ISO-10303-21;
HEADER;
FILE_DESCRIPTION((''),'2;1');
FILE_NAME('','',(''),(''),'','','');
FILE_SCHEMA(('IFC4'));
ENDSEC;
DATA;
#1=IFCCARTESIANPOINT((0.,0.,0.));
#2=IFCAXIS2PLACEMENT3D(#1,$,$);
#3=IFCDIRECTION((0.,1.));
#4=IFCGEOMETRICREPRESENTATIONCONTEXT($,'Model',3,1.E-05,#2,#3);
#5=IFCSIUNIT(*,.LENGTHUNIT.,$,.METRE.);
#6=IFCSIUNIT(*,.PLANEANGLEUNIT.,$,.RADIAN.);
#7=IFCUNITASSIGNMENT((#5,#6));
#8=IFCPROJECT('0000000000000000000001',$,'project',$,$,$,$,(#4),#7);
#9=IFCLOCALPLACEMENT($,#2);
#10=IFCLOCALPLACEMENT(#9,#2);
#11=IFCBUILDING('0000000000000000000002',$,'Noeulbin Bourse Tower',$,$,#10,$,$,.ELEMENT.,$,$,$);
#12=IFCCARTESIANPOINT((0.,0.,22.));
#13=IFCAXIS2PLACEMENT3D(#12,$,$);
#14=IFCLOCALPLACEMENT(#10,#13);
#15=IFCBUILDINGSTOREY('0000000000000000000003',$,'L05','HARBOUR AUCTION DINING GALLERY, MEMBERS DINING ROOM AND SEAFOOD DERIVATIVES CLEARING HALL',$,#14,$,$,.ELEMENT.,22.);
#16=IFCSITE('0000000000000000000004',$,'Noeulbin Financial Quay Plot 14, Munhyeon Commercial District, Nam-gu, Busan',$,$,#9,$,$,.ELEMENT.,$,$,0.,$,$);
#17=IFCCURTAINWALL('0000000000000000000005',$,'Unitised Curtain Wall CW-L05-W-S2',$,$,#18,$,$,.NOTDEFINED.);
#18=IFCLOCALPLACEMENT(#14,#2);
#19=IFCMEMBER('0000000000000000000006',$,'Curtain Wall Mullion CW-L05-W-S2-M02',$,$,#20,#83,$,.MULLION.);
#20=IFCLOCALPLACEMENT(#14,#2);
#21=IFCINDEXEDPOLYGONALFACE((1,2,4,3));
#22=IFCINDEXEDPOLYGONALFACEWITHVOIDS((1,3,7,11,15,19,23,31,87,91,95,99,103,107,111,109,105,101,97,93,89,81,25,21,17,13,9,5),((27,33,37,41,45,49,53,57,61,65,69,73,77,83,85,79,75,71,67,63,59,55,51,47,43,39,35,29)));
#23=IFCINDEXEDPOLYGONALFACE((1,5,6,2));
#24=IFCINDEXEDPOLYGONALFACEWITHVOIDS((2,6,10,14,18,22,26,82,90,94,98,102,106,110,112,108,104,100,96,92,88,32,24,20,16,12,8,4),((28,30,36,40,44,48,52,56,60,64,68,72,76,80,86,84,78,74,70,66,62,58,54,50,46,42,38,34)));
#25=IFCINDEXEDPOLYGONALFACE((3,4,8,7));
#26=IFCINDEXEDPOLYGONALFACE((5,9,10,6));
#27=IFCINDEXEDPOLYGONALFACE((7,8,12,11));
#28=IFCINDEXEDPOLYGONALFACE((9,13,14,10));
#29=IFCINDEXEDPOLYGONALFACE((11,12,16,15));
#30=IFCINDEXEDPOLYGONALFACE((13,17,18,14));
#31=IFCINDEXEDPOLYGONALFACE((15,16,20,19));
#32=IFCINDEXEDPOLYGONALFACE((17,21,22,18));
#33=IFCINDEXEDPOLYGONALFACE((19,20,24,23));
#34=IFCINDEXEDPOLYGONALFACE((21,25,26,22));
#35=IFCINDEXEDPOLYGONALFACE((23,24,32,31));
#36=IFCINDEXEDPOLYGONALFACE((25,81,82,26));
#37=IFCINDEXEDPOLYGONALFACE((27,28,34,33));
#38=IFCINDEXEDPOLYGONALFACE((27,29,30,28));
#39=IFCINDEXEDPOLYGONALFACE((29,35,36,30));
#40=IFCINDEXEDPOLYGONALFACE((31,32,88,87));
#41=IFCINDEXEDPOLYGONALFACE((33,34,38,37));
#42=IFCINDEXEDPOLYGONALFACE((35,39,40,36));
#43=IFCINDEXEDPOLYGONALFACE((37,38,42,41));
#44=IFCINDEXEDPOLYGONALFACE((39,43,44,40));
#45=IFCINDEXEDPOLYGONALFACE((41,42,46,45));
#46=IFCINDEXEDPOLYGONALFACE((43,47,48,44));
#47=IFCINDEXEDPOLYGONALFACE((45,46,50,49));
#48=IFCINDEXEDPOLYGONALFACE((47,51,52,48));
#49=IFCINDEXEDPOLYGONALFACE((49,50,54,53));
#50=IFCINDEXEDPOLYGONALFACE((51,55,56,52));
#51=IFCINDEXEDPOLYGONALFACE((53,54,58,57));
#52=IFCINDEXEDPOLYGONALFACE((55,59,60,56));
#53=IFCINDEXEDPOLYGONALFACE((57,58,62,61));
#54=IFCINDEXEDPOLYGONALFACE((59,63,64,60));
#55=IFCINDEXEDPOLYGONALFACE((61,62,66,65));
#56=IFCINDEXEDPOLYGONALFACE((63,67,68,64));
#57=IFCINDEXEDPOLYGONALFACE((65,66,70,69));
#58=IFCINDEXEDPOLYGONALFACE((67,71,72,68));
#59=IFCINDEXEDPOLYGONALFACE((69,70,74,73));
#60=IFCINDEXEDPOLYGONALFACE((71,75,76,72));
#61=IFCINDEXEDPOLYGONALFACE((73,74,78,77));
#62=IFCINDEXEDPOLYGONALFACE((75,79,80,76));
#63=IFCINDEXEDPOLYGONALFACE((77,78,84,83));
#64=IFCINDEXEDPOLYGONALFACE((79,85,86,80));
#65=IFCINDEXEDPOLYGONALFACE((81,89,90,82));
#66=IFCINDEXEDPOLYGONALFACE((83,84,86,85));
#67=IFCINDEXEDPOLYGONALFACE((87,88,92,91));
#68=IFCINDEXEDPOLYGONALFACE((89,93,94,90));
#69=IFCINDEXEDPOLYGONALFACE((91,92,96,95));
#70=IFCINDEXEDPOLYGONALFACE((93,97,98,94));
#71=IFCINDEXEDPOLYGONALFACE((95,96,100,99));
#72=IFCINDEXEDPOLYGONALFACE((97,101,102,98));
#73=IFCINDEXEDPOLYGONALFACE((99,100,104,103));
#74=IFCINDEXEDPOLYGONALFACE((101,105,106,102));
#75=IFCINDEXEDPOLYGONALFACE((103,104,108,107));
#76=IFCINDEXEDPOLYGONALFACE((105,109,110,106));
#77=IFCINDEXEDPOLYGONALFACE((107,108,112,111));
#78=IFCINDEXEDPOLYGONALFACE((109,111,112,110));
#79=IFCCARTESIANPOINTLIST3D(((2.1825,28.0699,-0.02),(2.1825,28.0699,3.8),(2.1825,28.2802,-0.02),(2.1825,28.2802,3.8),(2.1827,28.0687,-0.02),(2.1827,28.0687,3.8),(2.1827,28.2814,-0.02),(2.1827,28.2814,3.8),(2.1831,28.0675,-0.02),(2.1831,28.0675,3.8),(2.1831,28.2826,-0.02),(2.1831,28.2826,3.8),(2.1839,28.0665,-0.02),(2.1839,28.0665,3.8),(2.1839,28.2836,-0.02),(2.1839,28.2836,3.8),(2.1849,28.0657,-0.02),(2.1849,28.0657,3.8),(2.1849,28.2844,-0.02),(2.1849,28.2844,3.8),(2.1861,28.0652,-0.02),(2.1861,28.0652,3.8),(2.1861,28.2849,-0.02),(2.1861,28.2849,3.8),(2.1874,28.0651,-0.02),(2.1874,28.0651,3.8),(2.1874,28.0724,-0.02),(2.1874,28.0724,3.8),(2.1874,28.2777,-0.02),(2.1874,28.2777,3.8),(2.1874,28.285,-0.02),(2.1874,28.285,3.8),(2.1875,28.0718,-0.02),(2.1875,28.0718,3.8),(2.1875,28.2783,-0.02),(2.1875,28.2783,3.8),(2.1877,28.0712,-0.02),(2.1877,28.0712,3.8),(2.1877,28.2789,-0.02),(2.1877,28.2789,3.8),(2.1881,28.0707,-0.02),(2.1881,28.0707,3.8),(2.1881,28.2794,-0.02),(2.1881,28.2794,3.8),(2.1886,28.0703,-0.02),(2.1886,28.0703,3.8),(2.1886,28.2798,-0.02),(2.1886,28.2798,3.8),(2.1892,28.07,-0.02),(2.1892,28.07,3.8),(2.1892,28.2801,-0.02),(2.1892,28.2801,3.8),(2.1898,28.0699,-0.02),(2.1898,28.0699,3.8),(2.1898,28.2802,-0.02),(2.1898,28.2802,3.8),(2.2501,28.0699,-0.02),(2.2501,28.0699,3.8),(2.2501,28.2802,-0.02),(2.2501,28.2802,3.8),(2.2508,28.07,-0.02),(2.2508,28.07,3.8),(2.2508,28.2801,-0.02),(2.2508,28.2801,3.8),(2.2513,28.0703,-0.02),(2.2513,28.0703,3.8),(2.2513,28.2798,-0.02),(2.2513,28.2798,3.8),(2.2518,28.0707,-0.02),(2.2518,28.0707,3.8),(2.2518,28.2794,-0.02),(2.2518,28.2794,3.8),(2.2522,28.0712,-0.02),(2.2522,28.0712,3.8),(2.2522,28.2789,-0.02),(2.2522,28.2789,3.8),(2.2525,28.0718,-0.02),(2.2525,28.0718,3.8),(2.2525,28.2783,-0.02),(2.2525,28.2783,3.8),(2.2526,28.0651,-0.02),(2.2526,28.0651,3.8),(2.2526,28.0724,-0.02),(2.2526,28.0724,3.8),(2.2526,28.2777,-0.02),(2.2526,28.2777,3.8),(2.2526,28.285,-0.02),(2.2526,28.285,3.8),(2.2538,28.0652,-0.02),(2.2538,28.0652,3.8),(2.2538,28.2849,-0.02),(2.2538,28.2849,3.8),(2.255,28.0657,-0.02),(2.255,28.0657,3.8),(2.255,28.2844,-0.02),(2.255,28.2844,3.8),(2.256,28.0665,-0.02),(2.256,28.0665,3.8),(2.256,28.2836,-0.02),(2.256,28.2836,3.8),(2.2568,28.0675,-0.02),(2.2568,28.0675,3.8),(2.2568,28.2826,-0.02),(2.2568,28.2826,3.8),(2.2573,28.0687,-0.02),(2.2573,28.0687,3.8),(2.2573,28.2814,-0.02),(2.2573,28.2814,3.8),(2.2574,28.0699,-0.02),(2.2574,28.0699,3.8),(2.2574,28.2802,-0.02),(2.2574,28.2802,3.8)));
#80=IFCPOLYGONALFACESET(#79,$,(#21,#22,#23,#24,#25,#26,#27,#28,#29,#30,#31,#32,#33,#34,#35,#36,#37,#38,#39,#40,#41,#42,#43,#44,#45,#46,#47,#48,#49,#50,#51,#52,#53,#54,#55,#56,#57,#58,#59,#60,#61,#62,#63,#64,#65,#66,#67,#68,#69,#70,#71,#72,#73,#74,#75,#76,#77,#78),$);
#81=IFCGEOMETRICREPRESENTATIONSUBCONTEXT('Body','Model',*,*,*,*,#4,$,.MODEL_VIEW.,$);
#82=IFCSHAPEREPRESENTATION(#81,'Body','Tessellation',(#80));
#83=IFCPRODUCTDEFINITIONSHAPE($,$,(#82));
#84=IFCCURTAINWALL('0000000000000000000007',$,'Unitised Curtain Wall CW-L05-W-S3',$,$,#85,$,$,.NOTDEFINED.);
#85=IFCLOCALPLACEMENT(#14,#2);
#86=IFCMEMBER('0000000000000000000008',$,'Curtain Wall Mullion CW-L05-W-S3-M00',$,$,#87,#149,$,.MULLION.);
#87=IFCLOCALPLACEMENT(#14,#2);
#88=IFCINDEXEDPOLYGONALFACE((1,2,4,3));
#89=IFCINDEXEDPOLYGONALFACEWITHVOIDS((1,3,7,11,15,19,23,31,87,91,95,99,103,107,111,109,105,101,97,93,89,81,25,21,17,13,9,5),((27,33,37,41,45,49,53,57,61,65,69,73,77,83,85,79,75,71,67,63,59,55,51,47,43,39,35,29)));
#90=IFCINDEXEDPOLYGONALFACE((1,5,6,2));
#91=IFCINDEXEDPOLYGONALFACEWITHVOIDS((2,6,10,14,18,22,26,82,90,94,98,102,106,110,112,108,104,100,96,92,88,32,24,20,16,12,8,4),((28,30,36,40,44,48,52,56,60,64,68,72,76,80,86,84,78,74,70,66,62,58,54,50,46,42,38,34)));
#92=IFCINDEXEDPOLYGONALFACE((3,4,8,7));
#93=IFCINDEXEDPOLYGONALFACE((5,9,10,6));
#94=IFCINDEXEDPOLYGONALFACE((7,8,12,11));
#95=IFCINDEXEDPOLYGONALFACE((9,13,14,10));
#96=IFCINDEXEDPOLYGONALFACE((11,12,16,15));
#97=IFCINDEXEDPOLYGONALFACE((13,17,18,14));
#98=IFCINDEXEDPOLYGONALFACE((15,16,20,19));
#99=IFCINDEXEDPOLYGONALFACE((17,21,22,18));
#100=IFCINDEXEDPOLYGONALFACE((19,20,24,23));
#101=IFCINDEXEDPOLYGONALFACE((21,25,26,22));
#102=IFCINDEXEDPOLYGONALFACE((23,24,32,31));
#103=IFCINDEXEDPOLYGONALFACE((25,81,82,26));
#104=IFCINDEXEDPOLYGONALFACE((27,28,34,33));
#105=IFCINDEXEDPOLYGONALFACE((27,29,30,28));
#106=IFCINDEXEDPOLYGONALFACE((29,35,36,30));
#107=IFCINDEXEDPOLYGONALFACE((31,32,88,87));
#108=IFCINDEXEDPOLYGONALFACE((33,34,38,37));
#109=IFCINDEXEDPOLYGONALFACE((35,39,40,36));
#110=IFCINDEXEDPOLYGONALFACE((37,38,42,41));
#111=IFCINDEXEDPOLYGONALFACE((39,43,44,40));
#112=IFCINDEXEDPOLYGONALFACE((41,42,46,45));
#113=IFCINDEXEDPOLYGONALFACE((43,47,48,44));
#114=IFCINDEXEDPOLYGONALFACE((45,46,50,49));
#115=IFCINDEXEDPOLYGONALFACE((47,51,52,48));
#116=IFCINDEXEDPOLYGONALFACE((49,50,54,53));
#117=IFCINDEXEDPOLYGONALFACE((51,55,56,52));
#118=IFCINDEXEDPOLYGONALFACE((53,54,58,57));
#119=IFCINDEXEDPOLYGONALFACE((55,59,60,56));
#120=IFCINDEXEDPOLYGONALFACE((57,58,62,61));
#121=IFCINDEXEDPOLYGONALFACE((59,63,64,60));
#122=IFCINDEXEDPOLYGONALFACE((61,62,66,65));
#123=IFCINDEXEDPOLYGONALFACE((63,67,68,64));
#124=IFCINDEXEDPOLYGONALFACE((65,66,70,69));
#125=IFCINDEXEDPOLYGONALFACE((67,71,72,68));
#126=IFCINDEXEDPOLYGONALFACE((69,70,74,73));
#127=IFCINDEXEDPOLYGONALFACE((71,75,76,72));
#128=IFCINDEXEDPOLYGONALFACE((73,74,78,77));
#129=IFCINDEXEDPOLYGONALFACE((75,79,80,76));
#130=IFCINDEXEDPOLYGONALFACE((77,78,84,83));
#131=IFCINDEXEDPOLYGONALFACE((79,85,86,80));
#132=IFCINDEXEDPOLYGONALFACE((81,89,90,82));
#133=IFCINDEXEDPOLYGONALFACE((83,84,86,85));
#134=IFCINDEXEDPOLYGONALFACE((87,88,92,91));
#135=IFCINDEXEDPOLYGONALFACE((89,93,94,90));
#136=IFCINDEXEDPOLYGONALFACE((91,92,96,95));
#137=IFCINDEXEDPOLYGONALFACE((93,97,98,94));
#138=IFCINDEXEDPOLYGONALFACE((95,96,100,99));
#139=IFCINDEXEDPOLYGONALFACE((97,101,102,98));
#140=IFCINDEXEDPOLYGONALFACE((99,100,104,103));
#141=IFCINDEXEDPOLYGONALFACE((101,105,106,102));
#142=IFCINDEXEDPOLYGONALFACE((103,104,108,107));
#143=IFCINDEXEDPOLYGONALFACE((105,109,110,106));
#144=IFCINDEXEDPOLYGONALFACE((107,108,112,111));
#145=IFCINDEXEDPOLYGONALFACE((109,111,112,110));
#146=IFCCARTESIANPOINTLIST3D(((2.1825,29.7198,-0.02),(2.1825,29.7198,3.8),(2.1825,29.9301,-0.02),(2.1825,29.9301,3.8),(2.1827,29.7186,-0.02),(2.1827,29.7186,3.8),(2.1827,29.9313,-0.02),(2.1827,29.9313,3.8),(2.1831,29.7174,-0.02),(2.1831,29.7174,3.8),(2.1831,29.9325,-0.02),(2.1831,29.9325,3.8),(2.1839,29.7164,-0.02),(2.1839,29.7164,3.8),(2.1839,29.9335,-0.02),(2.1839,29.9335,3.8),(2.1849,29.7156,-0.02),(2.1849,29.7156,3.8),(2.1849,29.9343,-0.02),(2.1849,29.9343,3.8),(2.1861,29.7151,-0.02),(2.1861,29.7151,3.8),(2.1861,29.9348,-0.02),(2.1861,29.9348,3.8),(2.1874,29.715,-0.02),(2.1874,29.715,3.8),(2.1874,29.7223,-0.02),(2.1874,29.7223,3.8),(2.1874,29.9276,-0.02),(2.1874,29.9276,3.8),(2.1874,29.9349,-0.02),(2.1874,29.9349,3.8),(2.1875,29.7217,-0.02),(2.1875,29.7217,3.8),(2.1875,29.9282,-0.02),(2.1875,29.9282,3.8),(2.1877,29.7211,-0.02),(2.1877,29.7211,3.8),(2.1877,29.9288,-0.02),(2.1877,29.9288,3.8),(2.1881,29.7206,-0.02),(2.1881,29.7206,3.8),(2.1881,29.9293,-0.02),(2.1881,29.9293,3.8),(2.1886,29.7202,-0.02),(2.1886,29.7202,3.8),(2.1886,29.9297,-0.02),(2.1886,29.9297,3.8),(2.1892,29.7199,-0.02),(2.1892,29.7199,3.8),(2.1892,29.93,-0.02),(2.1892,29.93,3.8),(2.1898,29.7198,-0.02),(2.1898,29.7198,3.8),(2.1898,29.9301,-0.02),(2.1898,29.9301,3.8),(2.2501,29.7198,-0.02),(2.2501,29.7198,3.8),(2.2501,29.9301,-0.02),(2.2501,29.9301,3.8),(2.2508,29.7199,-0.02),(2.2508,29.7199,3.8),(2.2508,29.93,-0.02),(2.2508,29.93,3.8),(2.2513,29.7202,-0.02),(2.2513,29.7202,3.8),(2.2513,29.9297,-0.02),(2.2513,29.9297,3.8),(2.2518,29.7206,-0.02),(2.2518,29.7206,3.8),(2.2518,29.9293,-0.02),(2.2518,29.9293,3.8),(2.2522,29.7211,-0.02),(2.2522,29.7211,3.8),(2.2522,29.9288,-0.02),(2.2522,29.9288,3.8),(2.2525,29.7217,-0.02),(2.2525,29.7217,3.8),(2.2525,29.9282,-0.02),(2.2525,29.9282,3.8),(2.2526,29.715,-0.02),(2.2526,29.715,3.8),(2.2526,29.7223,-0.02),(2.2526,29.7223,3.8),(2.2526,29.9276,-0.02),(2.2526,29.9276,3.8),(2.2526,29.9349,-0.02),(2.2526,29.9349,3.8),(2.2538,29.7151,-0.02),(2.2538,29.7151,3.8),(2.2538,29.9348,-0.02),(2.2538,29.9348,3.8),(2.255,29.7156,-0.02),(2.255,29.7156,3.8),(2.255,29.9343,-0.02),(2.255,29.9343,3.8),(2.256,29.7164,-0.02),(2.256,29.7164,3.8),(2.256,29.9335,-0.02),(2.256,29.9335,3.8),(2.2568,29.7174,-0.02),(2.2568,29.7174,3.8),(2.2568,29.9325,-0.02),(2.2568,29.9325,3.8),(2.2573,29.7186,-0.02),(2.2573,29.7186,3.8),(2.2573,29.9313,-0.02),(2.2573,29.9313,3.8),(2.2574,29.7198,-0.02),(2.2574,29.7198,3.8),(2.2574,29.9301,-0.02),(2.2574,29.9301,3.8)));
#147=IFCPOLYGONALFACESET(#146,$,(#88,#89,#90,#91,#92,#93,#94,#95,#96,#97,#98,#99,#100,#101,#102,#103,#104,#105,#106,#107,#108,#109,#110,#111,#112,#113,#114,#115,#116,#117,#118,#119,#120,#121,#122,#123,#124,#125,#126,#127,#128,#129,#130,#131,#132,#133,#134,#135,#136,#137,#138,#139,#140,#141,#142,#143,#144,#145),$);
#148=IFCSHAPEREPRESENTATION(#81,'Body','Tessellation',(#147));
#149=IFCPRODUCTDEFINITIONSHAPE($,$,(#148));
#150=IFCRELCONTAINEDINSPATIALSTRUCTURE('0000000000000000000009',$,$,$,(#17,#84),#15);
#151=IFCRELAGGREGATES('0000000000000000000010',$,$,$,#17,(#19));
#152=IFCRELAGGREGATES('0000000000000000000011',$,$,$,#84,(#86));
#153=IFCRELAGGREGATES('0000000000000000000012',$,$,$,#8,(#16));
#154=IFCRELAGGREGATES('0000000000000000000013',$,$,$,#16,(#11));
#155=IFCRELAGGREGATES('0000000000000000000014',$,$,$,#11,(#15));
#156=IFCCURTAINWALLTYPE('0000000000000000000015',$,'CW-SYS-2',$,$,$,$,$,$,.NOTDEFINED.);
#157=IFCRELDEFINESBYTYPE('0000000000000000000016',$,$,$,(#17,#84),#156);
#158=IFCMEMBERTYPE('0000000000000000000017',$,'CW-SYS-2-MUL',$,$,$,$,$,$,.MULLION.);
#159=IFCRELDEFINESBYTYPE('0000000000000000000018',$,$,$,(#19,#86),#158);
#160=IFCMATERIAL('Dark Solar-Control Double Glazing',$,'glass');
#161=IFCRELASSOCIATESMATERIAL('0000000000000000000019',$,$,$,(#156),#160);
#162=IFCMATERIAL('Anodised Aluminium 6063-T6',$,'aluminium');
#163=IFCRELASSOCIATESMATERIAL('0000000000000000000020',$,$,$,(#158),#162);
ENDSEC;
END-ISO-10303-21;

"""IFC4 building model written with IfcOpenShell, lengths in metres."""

from ifc_helpers import new_model, si_unit, direction, frame, origin, origin_2d, place, context, subcontext, project, spatial, hollow_rectangle, extrude, material, material_profile, profile_set, type_object, element, aggregate, save


model = new_model("IFC4")

# Units and contexts
model_context = context("Model", 3, precision=1e-05, world=origin(), true_north=direction((0.0, 1.0)))
body_context = subcontext(model_context, "Body", "Model", "MODEL_VIEW")
ifc_project = project(units=[si_unit("LENGTHUNIT", "METRE"), si_unit("PLANEANGLEUNIT", "RADIAN")], contexts=[model_context])

# Site, building, storey
site_placement = place(None, origin())
site = spatial("IfcSite", under=ifc_project, at=site_placement, Name="Noeulbin Financial Quay Plot 14, Munhyeon Commercial District, Nam-gu, Busan", CompositionType="ELEMENT", RefElevation=0.0)
building_placement = place(site_placement, origin())
building = spatial("IfcBuilding", under=site, at=building_placement, Name="Noeulbin Bourse Tower", CompositionType="ELEMENT")
storey_placement = place(building_placement, frame((0.0, 0.0, 22.0)))
storey = spatial("IfcBuildingStorey", under=building, at=storey_placement, Name="L05", Description="HARBOUR AUCTION DINING GALLERY, MEMBERS DINING ROOM AND SEAFOOD DERIVATIVES CLEARING HALL", CompositionType="ELEMENT", Elevation=22.0)

# Curtain walls, members
ifc_material_1 = material(Name="Dark Solar-Control Double Glazing", Category="glass")
curtain_wall_type = type_object("IfcCurtainWallType", Name="CW-SYS-2", PredefinedType="NOTDEFINED", material=ifc_material_1)
curtain_wall_1_placement = place(storey_placement, origin())
curtain_wall_1 = element("IfcCurtainWall", 1, at=curtain_wall_1_placement, inside=storey, type_object=curtain_wall_type, Name="Unitised Curtain Wall CW-L05-W-S2", PredefinedType="NOTDEFINED")
ifc_material_2 = material(Name="Anodised Aluminium 6063-T6", Category="aluminium")
ifc_material_profile_1 = material_profile(ifc_material_2, hollow_rectangle(XDim=0.075, YDim=0.22, WallThickness=0.0049, InnerFilletRadius=0.0024, OuterFilletRadius=0.0049, at=origin_2d()), Name="ALU-MULL-75x220x5", Category="LoadBearing")
ifc_profile_set_1 = profile_set([ifc_material_profile_1], Name="Anodised Aluminium 6063-T6")
member_type_1 = type_object("IfcMemberType", Name="CW-SYS-2-MUL", PredefinedType="MULLION", material=ifc_profile_set_1)
member_1_placement = place(storey_placement, frame((2.22, 28.175, -0.02), z_axis=(0.0, 0.0, 1.0), x_axis=(1.0, 0.0, 0.0)))
member_1 = element("IfcMember", 2, at=member_1_placement, type_object=member_type_1, Name="Curtain Wall Mullion CW-L05-W-S2-M02", PredefinedType="MULLION", context=body_context, shape_type="SweptSolid", body=[
    extrude(hollow_rectangle(XDim=0.075, YDim=0.22, WallThickness=0.0049, InnerFilletRadius=0.0024, OuterFilletRadius=0.0049, at=origin_2d()), origin(), (0.0, 0.0, 1.0), 3.8201),
])
curtain_wall_2_placement = place(storey_placement, origin())
curtain_wall_2 = element("IfcCurtainWall", 3, at=curtain_wall_2_placement, inside=storey, type_object=curtain_wall_type, Name="Unitised Curtain Wall CW-L05-W-S3", PredefinedType="NOTDEFINED")
member_2_placement = place(storey_placement, frame((2.22, 29.825, -0.02), z_axis=(0.0, 0.0, 1.0), x_axis=(1.0, 0.0, 0.0)))
member_2 = element("IfcMember", 4, at=member_2_placement, type_object=member_type_1, Name="Curtain Wall Mullion CW-L05-W-S3-M00", PredefinedType="MULLION", context=body_context, shape_type="SweptSolid", body=[
    extrude(hollow_rectangle(XDim=0.075, YDim=0.22, WallThickness=0.0049, InnerFilletRadius=0.0024, OuterFilletRadius=0.0049, at=origin_2d()), origin(), (0.0, 0.0, 1.0), 3.8201),
])

aggregate(curtain_wall_1, [member_1])
aggregate(curtain_wall_2, [member_2])

save(model, "model.ifc")
